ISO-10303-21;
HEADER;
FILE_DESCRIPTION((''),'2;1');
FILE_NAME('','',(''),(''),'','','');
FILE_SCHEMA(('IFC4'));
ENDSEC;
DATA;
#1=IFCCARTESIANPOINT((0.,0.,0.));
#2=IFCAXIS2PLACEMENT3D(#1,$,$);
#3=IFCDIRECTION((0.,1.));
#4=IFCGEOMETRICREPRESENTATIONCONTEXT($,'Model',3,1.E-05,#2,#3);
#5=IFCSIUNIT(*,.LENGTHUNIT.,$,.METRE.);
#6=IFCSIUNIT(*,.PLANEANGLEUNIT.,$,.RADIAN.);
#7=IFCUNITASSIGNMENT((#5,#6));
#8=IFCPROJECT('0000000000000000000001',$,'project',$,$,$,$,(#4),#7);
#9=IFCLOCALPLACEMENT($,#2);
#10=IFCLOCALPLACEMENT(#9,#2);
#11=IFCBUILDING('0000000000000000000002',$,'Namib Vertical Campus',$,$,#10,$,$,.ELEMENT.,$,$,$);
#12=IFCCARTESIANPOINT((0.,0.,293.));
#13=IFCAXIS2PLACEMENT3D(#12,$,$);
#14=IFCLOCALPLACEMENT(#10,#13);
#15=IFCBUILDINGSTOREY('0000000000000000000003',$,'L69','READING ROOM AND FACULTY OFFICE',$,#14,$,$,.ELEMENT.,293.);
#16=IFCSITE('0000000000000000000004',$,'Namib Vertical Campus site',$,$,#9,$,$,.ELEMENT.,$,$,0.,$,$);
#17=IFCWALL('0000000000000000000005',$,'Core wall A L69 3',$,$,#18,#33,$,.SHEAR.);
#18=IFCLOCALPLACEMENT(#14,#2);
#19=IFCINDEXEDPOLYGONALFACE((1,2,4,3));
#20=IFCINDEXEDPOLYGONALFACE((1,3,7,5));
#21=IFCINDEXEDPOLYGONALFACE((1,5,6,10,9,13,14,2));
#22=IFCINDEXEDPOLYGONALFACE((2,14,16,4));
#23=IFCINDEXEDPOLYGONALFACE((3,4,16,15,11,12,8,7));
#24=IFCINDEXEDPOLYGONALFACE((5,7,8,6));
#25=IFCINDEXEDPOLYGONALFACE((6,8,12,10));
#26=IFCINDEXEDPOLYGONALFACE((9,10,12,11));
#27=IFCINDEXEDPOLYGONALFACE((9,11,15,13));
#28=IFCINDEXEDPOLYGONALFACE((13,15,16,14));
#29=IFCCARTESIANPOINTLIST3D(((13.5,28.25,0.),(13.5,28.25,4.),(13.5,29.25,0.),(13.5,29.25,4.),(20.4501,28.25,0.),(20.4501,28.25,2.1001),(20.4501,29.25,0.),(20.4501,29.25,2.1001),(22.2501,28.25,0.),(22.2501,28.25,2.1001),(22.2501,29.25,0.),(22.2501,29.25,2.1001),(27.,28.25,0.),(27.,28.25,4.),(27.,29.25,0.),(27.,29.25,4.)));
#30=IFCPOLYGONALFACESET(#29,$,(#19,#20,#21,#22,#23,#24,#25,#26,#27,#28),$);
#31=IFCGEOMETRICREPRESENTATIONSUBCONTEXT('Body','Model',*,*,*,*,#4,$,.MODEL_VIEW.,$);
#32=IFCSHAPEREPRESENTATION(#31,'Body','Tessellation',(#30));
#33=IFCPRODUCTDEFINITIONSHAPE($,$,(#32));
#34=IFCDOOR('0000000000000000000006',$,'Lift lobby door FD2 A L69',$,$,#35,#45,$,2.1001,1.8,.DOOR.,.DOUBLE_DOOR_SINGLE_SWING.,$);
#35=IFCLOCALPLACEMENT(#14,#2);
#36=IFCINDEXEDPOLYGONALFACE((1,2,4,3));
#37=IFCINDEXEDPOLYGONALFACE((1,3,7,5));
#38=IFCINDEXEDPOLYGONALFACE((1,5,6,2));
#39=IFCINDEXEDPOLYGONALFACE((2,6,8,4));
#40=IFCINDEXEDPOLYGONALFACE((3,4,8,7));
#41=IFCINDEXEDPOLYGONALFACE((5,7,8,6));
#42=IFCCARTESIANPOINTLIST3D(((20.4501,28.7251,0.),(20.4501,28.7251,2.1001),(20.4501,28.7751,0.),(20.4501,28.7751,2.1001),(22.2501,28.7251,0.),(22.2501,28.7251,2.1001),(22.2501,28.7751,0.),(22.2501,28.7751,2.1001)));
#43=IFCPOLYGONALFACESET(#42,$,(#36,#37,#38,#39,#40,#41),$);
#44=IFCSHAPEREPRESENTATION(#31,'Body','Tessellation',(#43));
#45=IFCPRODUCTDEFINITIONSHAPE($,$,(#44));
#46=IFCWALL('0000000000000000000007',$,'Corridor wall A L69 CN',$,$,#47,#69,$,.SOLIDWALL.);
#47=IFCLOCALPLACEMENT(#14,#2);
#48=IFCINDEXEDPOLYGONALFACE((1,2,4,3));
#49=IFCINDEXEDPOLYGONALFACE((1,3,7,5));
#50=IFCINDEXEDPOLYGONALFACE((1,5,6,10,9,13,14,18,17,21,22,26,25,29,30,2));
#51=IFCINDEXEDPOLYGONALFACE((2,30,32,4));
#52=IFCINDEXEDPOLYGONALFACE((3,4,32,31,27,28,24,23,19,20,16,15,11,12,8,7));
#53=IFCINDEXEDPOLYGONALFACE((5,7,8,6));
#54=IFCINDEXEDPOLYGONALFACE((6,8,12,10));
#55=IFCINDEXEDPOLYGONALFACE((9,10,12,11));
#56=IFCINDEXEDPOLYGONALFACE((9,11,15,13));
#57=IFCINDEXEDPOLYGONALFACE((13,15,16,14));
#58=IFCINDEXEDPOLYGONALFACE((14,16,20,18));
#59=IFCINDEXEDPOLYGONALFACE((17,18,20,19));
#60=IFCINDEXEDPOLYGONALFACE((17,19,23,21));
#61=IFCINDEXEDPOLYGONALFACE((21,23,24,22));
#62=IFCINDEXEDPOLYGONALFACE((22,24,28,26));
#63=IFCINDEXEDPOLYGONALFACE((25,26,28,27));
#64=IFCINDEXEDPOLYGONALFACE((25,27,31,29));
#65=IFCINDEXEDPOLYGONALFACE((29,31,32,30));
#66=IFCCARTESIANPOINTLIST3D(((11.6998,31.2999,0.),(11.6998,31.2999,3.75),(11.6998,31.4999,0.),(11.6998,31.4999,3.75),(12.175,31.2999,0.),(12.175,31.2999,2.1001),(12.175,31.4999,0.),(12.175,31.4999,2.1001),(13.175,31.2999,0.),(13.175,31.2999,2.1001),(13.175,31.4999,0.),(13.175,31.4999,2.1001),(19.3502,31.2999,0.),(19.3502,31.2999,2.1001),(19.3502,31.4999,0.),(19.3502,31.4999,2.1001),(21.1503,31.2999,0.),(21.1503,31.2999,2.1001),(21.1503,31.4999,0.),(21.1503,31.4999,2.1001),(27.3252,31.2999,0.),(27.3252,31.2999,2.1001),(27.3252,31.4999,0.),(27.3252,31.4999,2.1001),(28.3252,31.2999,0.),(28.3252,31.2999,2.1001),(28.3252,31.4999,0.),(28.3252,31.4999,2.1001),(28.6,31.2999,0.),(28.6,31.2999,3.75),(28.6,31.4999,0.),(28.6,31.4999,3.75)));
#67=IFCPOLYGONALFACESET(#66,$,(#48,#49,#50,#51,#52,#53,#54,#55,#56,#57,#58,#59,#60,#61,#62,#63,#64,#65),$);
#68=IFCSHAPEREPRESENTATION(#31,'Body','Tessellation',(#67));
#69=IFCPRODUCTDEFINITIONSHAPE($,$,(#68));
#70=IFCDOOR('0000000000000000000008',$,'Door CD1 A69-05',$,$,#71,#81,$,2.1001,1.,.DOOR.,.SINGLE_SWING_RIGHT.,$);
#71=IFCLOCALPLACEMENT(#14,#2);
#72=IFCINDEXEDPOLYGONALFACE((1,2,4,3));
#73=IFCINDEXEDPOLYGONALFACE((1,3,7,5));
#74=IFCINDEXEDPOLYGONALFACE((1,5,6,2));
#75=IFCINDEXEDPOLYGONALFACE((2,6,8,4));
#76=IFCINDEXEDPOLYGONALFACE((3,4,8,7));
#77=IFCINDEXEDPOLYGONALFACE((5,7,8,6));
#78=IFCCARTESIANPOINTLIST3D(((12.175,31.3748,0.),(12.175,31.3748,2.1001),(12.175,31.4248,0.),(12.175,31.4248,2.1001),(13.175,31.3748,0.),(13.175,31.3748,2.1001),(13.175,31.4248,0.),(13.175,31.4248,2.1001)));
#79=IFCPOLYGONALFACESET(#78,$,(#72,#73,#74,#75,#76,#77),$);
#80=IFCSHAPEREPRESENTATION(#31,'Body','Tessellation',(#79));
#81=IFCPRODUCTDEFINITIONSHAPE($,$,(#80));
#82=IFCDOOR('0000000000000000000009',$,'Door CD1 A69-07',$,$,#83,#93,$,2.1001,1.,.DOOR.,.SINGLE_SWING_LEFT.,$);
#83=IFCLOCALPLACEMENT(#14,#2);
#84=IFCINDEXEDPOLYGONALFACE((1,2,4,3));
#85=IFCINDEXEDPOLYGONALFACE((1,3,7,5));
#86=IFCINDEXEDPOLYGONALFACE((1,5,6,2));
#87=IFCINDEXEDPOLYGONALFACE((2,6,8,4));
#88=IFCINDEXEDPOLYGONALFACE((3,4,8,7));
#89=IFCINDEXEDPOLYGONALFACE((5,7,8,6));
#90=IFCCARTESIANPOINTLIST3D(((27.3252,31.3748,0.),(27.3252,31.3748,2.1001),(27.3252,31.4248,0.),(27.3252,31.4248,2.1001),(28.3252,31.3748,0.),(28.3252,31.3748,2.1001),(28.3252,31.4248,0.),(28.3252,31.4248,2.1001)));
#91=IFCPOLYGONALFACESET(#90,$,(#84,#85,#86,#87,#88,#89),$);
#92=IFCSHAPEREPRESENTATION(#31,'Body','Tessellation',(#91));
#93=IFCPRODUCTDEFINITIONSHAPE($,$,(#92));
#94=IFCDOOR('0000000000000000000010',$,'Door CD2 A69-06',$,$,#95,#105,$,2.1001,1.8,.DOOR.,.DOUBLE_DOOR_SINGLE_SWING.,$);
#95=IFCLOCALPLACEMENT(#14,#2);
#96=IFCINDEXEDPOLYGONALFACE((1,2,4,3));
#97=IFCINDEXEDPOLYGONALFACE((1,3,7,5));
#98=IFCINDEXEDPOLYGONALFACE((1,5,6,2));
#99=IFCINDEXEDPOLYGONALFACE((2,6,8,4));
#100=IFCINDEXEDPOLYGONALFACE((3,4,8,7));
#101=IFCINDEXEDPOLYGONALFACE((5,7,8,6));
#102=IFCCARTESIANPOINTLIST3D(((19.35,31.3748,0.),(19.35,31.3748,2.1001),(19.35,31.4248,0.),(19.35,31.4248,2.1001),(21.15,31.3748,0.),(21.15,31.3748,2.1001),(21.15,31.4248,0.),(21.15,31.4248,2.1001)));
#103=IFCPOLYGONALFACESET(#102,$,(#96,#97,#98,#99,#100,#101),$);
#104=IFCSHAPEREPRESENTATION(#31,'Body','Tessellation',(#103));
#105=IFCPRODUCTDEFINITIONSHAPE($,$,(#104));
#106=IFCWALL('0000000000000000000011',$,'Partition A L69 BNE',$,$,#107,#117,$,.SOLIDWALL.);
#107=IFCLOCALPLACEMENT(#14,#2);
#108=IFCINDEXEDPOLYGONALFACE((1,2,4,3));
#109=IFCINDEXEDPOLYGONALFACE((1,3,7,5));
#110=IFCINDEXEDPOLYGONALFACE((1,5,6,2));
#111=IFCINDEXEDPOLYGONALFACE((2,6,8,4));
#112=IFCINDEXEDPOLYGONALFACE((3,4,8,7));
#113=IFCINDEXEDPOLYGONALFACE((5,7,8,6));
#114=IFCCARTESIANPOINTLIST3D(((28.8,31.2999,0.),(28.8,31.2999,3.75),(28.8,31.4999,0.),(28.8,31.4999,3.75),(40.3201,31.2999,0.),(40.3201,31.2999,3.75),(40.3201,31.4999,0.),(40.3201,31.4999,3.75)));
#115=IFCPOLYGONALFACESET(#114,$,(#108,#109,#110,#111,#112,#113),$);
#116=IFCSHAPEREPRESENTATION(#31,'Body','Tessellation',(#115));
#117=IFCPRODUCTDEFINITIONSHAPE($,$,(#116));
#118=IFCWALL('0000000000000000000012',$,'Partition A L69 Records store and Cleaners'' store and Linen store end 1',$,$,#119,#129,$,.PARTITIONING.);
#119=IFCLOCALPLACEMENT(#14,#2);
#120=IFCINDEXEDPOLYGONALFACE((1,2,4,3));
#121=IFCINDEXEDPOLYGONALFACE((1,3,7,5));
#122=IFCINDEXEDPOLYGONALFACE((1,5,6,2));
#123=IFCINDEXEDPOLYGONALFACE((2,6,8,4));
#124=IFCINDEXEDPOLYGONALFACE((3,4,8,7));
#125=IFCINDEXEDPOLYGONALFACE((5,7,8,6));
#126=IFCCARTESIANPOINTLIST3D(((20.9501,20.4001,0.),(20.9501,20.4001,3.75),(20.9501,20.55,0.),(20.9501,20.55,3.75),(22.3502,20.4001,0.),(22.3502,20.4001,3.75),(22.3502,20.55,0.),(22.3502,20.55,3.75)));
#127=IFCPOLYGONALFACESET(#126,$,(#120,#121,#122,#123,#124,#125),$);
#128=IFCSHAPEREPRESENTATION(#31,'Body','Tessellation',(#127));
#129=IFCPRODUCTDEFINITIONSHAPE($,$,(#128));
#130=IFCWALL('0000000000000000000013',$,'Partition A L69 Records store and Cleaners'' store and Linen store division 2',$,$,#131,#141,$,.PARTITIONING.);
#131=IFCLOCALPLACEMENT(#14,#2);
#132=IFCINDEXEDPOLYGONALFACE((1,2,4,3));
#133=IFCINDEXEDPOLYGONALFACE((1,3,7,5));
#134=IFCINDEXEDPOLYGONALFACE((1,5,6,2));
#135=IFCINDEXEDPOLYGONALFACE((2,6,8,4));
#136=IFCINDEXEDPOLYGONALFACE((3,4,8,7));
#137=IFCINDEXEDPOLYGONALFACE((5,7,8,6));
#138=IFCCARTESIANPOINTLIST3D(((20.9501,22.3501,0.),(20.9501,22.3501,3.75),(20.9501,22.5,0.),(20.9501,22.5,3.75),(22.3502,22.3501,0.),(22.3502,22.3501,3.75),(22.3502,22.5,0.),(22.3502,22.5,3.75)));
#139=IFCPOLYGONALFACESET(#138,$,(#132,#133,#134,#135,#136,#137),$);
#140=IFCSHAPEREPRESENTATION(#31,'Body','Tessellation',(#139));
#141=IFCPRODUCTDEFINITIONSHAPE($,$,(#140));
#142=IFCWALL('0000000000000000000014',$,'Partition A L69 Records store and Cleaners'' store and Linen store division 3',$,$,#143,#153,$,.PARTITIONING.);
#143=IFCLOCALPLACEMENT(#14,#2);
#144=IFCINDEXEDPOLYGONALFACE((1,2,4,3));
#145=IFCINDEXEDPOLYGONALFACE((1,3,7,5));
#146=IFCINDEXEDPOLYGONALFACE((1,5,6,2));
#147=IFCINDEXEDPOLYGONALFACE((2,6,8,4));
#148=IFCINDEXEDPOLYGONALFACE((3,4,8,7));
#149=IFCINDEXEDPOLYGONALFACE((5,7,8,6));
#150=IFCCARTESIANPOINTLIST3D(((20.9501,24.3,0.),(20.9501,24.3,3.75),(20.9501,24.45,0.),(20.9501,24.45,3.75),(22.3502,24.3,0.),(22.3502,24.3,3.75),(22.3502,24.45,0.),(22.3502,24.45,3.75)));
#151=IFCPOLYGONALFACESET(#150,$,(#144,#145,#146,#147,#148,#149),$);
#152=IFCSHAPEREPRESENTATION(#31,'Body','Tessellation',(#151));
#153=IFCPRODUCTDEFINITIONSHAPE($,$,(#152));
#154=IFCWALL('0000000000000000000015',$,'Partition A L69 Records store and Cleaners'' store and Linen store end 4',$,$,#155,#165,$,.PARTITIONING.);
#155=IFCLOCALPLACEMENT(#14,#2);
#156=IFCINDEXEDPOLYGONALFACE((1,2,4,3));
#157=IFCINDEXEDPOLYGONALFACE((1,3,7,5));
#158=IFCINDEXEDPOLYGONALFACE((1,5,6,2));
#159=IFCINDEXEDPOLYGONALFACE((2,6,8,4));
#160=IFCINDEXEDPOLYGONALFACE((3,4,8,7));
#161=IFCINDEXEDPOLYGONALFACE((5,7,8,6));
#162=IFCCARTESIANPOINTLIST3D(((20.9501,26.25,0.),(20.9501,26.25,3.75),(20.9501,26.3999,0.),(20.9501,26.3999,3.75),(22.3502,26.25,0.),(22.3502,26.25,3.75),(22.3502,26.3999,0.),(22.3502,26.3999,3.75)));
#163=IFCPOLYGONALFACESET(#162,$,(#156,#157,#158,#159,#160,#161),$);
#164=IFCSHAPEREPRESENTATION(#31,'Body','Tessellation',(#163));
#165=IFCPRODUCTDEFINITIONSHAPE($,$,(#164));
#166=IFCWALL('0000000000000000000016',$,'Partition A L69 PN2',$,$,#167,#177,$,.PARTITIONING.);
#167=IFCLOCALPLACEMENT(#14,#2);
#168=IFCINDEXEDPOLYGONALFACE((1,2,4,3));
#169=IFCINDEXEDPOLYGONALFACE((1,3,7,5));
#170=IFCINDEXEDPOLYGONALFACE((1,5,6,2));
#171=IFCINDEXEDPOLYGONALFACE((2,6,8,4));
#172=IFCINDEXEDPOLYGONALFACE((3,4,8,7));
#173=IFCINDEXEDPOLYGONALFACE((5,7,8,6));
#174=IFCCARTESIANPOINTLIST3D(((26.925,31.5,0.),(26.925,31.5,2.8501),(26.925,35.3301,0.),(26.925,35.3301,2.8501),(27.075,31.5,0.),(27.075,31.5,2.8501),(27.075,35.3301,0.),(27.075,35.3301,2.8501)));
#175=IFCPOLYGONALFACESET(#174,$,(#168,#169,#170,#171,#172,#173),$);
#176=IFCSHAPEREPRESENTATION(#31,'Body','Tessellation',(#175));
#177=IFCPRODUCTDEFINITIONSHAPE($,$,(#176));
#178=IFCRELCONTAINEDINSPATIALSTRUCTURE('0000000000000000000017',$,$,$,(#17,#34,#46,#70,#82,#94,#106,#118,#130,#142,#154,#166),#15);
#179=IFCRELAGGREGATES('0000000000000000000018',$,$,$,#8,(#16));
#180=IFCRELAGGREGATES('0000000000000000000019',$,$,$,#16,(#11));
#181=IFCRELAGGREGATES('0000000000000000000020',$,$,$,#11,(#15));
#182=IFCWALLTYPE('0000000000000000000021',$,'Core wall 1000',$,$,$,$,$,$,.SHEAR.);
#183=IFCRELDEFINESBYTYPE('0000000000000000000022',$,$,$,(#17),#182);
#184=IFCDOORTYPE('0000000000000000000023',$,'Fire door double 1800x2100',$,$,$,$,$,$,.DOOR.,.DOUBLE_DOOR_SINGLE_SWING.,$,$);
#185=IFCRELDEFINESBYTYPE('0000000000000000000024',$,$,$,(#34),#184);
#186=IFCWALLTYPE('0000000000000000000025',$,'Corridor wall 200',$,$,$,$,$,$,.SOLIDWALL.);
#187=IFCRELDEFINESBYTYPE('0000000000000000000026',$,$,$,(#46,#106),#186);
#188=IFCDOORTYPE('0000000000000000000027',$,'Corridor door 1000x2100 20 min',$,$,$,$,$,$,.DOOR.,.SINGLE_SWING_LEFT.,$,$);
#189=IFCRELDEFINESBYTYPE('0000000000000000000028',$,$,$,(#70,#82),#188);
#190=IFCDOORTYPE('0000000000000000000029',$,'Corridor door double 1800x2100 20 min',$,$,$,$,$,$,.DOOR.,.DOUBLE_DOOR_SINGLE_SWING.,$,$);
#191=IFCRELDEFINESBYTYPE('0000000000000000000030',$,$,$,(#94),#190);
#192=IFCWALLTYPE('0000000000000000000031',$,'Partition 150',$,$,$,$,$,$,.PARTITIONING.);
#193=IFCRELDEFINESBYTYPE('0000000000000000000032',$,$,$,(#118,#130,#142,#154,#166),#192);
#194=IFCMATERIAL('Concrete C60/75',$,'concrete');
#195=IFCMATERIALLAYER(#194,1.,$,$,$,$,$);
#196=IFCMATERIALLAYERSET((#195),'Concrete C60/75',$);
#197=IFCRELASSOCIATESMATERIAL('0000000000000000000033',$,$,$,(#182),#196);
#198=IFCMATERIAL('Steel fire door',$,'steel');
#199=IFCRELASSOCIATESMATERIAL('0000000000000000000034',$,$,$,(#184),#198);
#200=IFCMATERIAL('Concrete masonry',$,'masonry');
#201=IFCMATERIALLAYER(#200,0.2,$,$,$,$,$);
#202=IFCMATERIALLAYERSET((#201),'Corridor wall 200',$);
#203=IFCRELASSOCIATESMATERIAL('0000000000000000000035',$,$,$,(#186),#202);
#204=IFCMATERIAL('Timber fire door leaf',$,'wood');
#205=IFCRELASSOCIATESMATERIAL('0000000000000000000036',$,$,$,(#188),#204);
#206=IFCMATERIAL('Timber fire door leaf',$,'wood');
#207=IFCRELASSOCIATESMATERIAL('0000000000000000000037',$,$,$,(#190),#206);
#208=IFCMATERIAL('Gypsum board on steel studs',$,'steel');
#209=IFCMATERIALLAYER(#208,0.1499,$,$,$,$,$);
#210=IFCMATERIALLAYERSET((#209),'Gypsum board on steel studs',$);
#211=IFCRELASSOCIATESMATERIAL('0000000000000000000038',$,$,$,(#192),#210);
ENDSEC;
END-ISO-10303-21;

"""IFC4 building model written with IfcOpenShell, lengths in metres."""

from ifc_helpers import new_model, si_unit, direction, frame, frame_2d, origin, place, context, subcontext, project, spatial, rectangle, extrude, material, layer, layer_set, type_object, element, fill, save


model = new_model("IFC4")

# Units and contexts
model_context = context("Model", 3, precision=1e-05, world=origin(), true_north=direction((0.0, 1.0)))
body_context = subcontext(model_context, "Body", "Model", "MODEL_VIEW")
ifc_project = project(units=[si_unit("LENGTHUNIT", "METRE"), si_unit("PLANEANGLEUNIT", "RADIAN")], contexts=[model_context])

# Site, building, storey
site_placement = place(None, origin())
site = spatial("IfcSite", under=ifc_project, at=site_placement, Name="Namib Vertical Campus site", CompositionType="ELEMENT", RefElevation=0.0)
building_placement = place(site_placement, origin())
building = spatial("IfcBuilding", under=site, at=building_placement, Name="Namib Vertical Campus", CompositionType="ELEMENT")
storey_placement = place(building_placement, frame((0.0, 0.0, 293.0)))
storey = spatial("IfcBuildingStorey", under=building, at=storey_placement, Name="L69", Description="READING ROOM AND FACULTY OFFICE", CompositionType="ELEMENT", Elevation=293.0)

# Wall, opening, door
ifc_material_1 = material(Name="Concrete C60/75", Category="concrete")
ifc_layer_1 = layer(ifc_material_1, 1.0)
ifc_layer_set_1 = layer_set([ifc_layer_1], Name="Concrete C60/75")
wall_type_1 = type_object("IfcWallType", Name="Core wall 1000", PredefinedType="SHEAR", material=ifc_layer_set_1)
wall_1_placement = place(storey_placement, frame((27.0, 28.75, 0.0), z_axis=(0.0, 0.0, 1.0), x_axis=(-1.0, 0.0, 0.0)))
wall_1 = element("IfcWall", 1, at=wall_1_placement, inside=storey, type_object=wall_type_1, Name="Core wall A L69 3", PredefinedType="SHEAR", context=body_context, shape_type="SweptSolid", body=[
    extrude(rectangle(XDim=13.5, YDim=1.0, at=frame_2d((6.75, 0.0))), origin(), (0.0, 0.0, 1.0), 4.0),
])
opening_1_placement = place(wall_1_placement, frame((4.75, 0.0, 0.0)))
opening_1 = element("IfcOpeningElement", 2, at=opening_1_placement, cuts=wall_1, PredefinedType="OPENING", context=body_context, shape_type="SweptSolid", body=[
    extrude(rectangle(XDim=1.8, YDim=2.1001, at=frame_2d((0.8999, 1.05))), frame((0.0, 0.51, 0.0), z_axis=(0.0, -1.0, 0.0), x_axis=(1.0, 0.0, 0.0)), (0.0, 0.0, 1.0), 1.02),
])
ifc_material_2 = material(Name="Steel fire door", Category="steel")
door_type_1 = type_object("IfcDoorType", Name="Fire door double 1800x2100", OperationType="DOUBLE_DOOR_SINGLE_SWING", PredefinedType="DOOR", material=ifc_material_2)
door_1_placement = place(opening_1_placement, origin())
door_1 = element("IfcDoor", 3, at=door_1_placement, inside=storey, type_object=door_type_1, Name="Lift lobby door FD2 A L69", OperationType="DOUBLE_DOOR_SINGLE_SWING", OverallHeight=2.1001, OverallWidth=1.8, PredefinedType="DOOR", context=body_context, shape_type="SweptSolid", body=[
    extrude(rectangle(XDim=1.8, YDim=2.1001, at=frame_2d((0.8999, 1.05))), frame((0.0, 0.0249, 0.0), z_axis=(0.0, -1.0, 0.0), x_axis=(1.0, 0.0, 0.0)), (0.0, 0.0, 1.0), 0.05),
])
fill(opening_1, door_1)

# Wall, openings, doors
ifc_material_3 = material(Name="Concrete masonry", Category="masonry")
ifc_layer_2 = layer(ifc_material_3, 0.2)
ifc_layer_set_2 = layer_set([ifc_layer_2], Name="Corridor wall 200")
wall_type_2 = type_object("IfcWallType", Name="Corridor wall 200", PredefinedType="SOLIDWALL", material=ifc_layer_set_2)
wall_2_placement = place(storey_placement, frame((28.6001, 31.3999, 0.0), z_axis=(0.0, 0.0, 1.0), x_axis=(-1.0, 0.0, 0.0)))
wall_2 = element("IfcWall", 4, at=wall_2_placement, inside=storey, type_object=wall_type_2, Name="Corridor wall A L69 CN", PredefinedType="SOLIDWALL", context=body_context, shape_type="SweptSolid", body=[
    extrude(rectangle(XDim=16.9001, YDim=0.2, at=frame_2d((8.4502, 0.0))), origin(), (0.0, 0.0, 1.0), 3.75),
])
opening_2_placement = place(wall_2_placement, frame((15.425, 0.0, 0.0)))
opening_2 = element("IfcOpeningElement", 5, at=opening_2_placement, cuts=wall_2, PredefinedType="OPENING", context=body_context, shape_type="SweptSolid", body=[
    extrude(rectangle(XDim=1.0, YDim=2.1001, at=frame_2d((0.5, 1.05))), frame((0.0, 0.1099, 0.0), z_axis=(0.0, -1.0, 0.0), x_axis=(1.0, 0.0, 0.0)), (0.0, 0.0, 1.0), 0.22),
])
opening_3_placement = place(wall_2_placement, frame((7.45, 0.0, 0.0)))
opening_3 = element("IfcOpeningElement", 6, at=opening_3_placement, cuts=wall_2, PredefinedType="OPENING", context=body_context, shape_type="SweptSolid", body=[
    extrude(rectangle(XDim=1.8, YDim=2.1001, at=frame_2d((0.8999, 1.05))), frame((0.0, 0.1099, 0.0), z_axis=(0.0, -1.0, 0.0), x_axis=(1.0, 0.0, 0.0)), (0.0, 0.0, 1.0), 0.22),
])
opening_4_placement = place(wall_2_placement, frame((0.2749, 0.0, 0.0)))
opening_4 = element("IfcOpeningElement", 7, at=opening_4_placement, cuts=wall_2, PredefinedType="OPENING", context=body_context, shape_type="SweptSolid", body=[
    extrude(rectangle(XDim=1.0, YDim=2.1001, at=frame_2d((0.5, 1.05))), frame((0.0, 0.1099, 0.0), z_axis=(0.0, -1.0, 0.0), x_axis=(1.0, 0.0, 0.0)), (0.0, 0.0, 1.0), 0.22),
])
ifc_material_4 = material(Name="Timber fire door leaf", Category="wood")
door_type_2 = type_object("IfcDoorType", Name="Corridor door 1000x2100 20 min", OperationType="SINGLE_SWING_LEFT", PredefinedType="DOOR", material=ifc_material_4)
door_2_placement = place(opening_2_placement, frame((1.0, 0.0, 0.0), z_axis=(0.0, 0.0, 1.0), x_axis=(-1.0, 0.0, 0.0)))
door_2 = element("IfcDoor", 8, at=door_2_placement, inside=storey, type_object=door_type_2, Name="Door CD1 A69-05", OperationType="SINGLE_SWING_RIGHT", OverallHeight=2.1001, OverallWidth=1.0, PredefinedType="DOOR", context=body_context, shape_type="SweptSolid", body=[
    extrude(rectangle(XDim=1.0, YDim=2.1001, at=frame_2d((0.5, 1.05))), frame((0.0, 0.0249, 0.0), z_axis=(0.0, -1.0, 0.0), x_axis=(1.0, 0.0, 0.0)), (0.0, 0.0, 1.0), 0.05),
])
fill(opening_2, door_2)
door_3_placement = place(opening_4_placement, frame((1.0, 0.0, 0.0), z_axis=(0.0, 0.0, 1.0), x_axis=(-1.0, 0.0, 0.0)))
door_3 = element("IfcDoor", 9, at=door_3_placement, inside=storey, type_object=door_type_2, Name="Door CD1 A69-07", OperationType="SINGLE_SWING_LEFT", OverallHeight=2.1001, OverallWidth=1.0, PredefinedType="DOOR", context=body_context, shape_type="SweptSolid", body=[
    extrude(rectangle(XDim=1.0, YDim=2.1001, at=frame_2d((0.5, 1.05))), frame((0.0, 0.0249, 0.0), z_axis=(0.0, -1.0, 0.0), x_axis=(1.0, 0.0, 0.0)), (0.0, 0.0, 1.0), 0.05),
])
fill(opening_4, door_3)
ifc_material_5 = material(Name="Timber fire door leaf", Category="wood")
door_type_3 = type_object("IfcDoorType", Name="Corridor door double 1800x2100 20 min", OperationType="DOUBLE_DOOR_SINGLE_SWING", PredefinedType="DOOR", material=ifc_material_5)
door_4_placement = place(opening_3_placement, frame((1.8, 0.0, 0.0), z_axis=(0.0, 0.0, 1.0), x_axis=(-1.0, 0.0, 0.0)))
door_4 = element("IfcDoor", 10, at=door_4_placement, inside=storey, type_object=door_type_3, Name="Door CD2 A69-06", OperationType="DOUBLE_DOOR_SINGLE_SWING", OverallHeight=2.1001, OverallWidth=1.8, PredefinedType="DOOR", context=body_context, shape_type="SweptSolid", body=[
    extrude(rectangle(XDim=1.8, YDim=2.1001, at=frame_2d((0.8999, 1.05))), frame((0.0, 0.0249, 0.0), z_axis=(0.0, -1.0, 0.0), x_axis=(1.0, 0.0, 0.0)), (0.0, 0.0, 1.0), 0.05),
])
fill(opening_3, door_4)

# Walls
wall_3_placement = place(storey_placement, frame((28.8, 31.3999, 0.0), z_axis=(0.0, 0.0, 1.0), x_axis=(1.0, 0.0, 0.0)))
element("IfcWall", 11, at=wall_3_placement, inside=storey, type_object=wall_type_2, Name="Partition A L69 BNE", PredefinedType="SOLIDWALL", context=body_context, shape_type="SweptSolid", body=[
    extrude(rectangle(XDim=11.52, YDim=0.2, at=frame_2d((5.76, 0.0))), origin(), (0.0, 0.0, 1.0), 3.75),
])
ifc_material_6 = material(Name="Gypsum board on steel studs", Category="steel")
ifc_layer_3 = layer(ifc_material_6, 0.1499)
ifc_layer_set_3 = layer_set([ifc_layer_3], Name="Gypsum board on steel studs")
wall_type_3 = type_object("IfcWallType", Name="Partition 150", PredefinedType="PARTITIONING", material=ifc_layer_set_3)
for number, where, z_axis, x_axis, name in (
    (12, (20.95, 20.4751, 0.0), (0.0, 0.0, 1.0), (1.0, 0.0, 0.0), "Partition A L69 Records store and Cleaners' store and Linen store end 1"),
    (13, (20.95, 22.425, 0.0), (0.0, 0.0, 1.0), (1.0, 0.0, 0.0), "Partition A L69 Records store and Cleaners' store and Linen store division 2"),
    (14, (20.95, 24.375, 0.0), (0.0, 0.0, 1.0), (1.0, 0.0, 0.0), "Partition A L69 Records store and Cleaners' store and Linen store division 3"),
    (15, (20.95, 26.325, 0.0), (0.0, 0.0, 1.0), (1.0, 0.0, 0.0), "Partition A L69 Records store and Cleaners' store and Linen store end 4"),
):
    element("IfcWall", number, at=place(storey_placement, frame(where, z_axis=z_axis, x_axis=x_axis)), inside=storey, type_object=wall_type_3, Name=name, PredefinedType="PARTITIONING", context=body_context, shape_type="SweptSolid", body=[
        extrude(rectangle(XDim=1.4001, YDim=0.1499, at=frame_2d((0.7002, 0.0))), origin(), (0.0, 0.0, 1.0), 3.75),
    ])
wall_4_placement = place(storey_placement, frame((27.0, 31.5, 0.0), z_axis=(0.0, 0.0, 1.0), x_axis=(0.0, 1.0, 0.0)))
element("IfcWall", 16, at=wall_4_placement, inside=storey, type_object=wall_type_3, Name="Partition A L69 PN2", PredefinedType="PARTITIONING", context=body_context, shape_type="SweptSolid", body=[
    extrude(rectangle(XDim=3.8301, YDim=0.1499, at=frame_2d((1.915, 0.0))), origin(), (0.0, 0.0, 1.0), 2.8501),
])

save(model, "model.ifc")
